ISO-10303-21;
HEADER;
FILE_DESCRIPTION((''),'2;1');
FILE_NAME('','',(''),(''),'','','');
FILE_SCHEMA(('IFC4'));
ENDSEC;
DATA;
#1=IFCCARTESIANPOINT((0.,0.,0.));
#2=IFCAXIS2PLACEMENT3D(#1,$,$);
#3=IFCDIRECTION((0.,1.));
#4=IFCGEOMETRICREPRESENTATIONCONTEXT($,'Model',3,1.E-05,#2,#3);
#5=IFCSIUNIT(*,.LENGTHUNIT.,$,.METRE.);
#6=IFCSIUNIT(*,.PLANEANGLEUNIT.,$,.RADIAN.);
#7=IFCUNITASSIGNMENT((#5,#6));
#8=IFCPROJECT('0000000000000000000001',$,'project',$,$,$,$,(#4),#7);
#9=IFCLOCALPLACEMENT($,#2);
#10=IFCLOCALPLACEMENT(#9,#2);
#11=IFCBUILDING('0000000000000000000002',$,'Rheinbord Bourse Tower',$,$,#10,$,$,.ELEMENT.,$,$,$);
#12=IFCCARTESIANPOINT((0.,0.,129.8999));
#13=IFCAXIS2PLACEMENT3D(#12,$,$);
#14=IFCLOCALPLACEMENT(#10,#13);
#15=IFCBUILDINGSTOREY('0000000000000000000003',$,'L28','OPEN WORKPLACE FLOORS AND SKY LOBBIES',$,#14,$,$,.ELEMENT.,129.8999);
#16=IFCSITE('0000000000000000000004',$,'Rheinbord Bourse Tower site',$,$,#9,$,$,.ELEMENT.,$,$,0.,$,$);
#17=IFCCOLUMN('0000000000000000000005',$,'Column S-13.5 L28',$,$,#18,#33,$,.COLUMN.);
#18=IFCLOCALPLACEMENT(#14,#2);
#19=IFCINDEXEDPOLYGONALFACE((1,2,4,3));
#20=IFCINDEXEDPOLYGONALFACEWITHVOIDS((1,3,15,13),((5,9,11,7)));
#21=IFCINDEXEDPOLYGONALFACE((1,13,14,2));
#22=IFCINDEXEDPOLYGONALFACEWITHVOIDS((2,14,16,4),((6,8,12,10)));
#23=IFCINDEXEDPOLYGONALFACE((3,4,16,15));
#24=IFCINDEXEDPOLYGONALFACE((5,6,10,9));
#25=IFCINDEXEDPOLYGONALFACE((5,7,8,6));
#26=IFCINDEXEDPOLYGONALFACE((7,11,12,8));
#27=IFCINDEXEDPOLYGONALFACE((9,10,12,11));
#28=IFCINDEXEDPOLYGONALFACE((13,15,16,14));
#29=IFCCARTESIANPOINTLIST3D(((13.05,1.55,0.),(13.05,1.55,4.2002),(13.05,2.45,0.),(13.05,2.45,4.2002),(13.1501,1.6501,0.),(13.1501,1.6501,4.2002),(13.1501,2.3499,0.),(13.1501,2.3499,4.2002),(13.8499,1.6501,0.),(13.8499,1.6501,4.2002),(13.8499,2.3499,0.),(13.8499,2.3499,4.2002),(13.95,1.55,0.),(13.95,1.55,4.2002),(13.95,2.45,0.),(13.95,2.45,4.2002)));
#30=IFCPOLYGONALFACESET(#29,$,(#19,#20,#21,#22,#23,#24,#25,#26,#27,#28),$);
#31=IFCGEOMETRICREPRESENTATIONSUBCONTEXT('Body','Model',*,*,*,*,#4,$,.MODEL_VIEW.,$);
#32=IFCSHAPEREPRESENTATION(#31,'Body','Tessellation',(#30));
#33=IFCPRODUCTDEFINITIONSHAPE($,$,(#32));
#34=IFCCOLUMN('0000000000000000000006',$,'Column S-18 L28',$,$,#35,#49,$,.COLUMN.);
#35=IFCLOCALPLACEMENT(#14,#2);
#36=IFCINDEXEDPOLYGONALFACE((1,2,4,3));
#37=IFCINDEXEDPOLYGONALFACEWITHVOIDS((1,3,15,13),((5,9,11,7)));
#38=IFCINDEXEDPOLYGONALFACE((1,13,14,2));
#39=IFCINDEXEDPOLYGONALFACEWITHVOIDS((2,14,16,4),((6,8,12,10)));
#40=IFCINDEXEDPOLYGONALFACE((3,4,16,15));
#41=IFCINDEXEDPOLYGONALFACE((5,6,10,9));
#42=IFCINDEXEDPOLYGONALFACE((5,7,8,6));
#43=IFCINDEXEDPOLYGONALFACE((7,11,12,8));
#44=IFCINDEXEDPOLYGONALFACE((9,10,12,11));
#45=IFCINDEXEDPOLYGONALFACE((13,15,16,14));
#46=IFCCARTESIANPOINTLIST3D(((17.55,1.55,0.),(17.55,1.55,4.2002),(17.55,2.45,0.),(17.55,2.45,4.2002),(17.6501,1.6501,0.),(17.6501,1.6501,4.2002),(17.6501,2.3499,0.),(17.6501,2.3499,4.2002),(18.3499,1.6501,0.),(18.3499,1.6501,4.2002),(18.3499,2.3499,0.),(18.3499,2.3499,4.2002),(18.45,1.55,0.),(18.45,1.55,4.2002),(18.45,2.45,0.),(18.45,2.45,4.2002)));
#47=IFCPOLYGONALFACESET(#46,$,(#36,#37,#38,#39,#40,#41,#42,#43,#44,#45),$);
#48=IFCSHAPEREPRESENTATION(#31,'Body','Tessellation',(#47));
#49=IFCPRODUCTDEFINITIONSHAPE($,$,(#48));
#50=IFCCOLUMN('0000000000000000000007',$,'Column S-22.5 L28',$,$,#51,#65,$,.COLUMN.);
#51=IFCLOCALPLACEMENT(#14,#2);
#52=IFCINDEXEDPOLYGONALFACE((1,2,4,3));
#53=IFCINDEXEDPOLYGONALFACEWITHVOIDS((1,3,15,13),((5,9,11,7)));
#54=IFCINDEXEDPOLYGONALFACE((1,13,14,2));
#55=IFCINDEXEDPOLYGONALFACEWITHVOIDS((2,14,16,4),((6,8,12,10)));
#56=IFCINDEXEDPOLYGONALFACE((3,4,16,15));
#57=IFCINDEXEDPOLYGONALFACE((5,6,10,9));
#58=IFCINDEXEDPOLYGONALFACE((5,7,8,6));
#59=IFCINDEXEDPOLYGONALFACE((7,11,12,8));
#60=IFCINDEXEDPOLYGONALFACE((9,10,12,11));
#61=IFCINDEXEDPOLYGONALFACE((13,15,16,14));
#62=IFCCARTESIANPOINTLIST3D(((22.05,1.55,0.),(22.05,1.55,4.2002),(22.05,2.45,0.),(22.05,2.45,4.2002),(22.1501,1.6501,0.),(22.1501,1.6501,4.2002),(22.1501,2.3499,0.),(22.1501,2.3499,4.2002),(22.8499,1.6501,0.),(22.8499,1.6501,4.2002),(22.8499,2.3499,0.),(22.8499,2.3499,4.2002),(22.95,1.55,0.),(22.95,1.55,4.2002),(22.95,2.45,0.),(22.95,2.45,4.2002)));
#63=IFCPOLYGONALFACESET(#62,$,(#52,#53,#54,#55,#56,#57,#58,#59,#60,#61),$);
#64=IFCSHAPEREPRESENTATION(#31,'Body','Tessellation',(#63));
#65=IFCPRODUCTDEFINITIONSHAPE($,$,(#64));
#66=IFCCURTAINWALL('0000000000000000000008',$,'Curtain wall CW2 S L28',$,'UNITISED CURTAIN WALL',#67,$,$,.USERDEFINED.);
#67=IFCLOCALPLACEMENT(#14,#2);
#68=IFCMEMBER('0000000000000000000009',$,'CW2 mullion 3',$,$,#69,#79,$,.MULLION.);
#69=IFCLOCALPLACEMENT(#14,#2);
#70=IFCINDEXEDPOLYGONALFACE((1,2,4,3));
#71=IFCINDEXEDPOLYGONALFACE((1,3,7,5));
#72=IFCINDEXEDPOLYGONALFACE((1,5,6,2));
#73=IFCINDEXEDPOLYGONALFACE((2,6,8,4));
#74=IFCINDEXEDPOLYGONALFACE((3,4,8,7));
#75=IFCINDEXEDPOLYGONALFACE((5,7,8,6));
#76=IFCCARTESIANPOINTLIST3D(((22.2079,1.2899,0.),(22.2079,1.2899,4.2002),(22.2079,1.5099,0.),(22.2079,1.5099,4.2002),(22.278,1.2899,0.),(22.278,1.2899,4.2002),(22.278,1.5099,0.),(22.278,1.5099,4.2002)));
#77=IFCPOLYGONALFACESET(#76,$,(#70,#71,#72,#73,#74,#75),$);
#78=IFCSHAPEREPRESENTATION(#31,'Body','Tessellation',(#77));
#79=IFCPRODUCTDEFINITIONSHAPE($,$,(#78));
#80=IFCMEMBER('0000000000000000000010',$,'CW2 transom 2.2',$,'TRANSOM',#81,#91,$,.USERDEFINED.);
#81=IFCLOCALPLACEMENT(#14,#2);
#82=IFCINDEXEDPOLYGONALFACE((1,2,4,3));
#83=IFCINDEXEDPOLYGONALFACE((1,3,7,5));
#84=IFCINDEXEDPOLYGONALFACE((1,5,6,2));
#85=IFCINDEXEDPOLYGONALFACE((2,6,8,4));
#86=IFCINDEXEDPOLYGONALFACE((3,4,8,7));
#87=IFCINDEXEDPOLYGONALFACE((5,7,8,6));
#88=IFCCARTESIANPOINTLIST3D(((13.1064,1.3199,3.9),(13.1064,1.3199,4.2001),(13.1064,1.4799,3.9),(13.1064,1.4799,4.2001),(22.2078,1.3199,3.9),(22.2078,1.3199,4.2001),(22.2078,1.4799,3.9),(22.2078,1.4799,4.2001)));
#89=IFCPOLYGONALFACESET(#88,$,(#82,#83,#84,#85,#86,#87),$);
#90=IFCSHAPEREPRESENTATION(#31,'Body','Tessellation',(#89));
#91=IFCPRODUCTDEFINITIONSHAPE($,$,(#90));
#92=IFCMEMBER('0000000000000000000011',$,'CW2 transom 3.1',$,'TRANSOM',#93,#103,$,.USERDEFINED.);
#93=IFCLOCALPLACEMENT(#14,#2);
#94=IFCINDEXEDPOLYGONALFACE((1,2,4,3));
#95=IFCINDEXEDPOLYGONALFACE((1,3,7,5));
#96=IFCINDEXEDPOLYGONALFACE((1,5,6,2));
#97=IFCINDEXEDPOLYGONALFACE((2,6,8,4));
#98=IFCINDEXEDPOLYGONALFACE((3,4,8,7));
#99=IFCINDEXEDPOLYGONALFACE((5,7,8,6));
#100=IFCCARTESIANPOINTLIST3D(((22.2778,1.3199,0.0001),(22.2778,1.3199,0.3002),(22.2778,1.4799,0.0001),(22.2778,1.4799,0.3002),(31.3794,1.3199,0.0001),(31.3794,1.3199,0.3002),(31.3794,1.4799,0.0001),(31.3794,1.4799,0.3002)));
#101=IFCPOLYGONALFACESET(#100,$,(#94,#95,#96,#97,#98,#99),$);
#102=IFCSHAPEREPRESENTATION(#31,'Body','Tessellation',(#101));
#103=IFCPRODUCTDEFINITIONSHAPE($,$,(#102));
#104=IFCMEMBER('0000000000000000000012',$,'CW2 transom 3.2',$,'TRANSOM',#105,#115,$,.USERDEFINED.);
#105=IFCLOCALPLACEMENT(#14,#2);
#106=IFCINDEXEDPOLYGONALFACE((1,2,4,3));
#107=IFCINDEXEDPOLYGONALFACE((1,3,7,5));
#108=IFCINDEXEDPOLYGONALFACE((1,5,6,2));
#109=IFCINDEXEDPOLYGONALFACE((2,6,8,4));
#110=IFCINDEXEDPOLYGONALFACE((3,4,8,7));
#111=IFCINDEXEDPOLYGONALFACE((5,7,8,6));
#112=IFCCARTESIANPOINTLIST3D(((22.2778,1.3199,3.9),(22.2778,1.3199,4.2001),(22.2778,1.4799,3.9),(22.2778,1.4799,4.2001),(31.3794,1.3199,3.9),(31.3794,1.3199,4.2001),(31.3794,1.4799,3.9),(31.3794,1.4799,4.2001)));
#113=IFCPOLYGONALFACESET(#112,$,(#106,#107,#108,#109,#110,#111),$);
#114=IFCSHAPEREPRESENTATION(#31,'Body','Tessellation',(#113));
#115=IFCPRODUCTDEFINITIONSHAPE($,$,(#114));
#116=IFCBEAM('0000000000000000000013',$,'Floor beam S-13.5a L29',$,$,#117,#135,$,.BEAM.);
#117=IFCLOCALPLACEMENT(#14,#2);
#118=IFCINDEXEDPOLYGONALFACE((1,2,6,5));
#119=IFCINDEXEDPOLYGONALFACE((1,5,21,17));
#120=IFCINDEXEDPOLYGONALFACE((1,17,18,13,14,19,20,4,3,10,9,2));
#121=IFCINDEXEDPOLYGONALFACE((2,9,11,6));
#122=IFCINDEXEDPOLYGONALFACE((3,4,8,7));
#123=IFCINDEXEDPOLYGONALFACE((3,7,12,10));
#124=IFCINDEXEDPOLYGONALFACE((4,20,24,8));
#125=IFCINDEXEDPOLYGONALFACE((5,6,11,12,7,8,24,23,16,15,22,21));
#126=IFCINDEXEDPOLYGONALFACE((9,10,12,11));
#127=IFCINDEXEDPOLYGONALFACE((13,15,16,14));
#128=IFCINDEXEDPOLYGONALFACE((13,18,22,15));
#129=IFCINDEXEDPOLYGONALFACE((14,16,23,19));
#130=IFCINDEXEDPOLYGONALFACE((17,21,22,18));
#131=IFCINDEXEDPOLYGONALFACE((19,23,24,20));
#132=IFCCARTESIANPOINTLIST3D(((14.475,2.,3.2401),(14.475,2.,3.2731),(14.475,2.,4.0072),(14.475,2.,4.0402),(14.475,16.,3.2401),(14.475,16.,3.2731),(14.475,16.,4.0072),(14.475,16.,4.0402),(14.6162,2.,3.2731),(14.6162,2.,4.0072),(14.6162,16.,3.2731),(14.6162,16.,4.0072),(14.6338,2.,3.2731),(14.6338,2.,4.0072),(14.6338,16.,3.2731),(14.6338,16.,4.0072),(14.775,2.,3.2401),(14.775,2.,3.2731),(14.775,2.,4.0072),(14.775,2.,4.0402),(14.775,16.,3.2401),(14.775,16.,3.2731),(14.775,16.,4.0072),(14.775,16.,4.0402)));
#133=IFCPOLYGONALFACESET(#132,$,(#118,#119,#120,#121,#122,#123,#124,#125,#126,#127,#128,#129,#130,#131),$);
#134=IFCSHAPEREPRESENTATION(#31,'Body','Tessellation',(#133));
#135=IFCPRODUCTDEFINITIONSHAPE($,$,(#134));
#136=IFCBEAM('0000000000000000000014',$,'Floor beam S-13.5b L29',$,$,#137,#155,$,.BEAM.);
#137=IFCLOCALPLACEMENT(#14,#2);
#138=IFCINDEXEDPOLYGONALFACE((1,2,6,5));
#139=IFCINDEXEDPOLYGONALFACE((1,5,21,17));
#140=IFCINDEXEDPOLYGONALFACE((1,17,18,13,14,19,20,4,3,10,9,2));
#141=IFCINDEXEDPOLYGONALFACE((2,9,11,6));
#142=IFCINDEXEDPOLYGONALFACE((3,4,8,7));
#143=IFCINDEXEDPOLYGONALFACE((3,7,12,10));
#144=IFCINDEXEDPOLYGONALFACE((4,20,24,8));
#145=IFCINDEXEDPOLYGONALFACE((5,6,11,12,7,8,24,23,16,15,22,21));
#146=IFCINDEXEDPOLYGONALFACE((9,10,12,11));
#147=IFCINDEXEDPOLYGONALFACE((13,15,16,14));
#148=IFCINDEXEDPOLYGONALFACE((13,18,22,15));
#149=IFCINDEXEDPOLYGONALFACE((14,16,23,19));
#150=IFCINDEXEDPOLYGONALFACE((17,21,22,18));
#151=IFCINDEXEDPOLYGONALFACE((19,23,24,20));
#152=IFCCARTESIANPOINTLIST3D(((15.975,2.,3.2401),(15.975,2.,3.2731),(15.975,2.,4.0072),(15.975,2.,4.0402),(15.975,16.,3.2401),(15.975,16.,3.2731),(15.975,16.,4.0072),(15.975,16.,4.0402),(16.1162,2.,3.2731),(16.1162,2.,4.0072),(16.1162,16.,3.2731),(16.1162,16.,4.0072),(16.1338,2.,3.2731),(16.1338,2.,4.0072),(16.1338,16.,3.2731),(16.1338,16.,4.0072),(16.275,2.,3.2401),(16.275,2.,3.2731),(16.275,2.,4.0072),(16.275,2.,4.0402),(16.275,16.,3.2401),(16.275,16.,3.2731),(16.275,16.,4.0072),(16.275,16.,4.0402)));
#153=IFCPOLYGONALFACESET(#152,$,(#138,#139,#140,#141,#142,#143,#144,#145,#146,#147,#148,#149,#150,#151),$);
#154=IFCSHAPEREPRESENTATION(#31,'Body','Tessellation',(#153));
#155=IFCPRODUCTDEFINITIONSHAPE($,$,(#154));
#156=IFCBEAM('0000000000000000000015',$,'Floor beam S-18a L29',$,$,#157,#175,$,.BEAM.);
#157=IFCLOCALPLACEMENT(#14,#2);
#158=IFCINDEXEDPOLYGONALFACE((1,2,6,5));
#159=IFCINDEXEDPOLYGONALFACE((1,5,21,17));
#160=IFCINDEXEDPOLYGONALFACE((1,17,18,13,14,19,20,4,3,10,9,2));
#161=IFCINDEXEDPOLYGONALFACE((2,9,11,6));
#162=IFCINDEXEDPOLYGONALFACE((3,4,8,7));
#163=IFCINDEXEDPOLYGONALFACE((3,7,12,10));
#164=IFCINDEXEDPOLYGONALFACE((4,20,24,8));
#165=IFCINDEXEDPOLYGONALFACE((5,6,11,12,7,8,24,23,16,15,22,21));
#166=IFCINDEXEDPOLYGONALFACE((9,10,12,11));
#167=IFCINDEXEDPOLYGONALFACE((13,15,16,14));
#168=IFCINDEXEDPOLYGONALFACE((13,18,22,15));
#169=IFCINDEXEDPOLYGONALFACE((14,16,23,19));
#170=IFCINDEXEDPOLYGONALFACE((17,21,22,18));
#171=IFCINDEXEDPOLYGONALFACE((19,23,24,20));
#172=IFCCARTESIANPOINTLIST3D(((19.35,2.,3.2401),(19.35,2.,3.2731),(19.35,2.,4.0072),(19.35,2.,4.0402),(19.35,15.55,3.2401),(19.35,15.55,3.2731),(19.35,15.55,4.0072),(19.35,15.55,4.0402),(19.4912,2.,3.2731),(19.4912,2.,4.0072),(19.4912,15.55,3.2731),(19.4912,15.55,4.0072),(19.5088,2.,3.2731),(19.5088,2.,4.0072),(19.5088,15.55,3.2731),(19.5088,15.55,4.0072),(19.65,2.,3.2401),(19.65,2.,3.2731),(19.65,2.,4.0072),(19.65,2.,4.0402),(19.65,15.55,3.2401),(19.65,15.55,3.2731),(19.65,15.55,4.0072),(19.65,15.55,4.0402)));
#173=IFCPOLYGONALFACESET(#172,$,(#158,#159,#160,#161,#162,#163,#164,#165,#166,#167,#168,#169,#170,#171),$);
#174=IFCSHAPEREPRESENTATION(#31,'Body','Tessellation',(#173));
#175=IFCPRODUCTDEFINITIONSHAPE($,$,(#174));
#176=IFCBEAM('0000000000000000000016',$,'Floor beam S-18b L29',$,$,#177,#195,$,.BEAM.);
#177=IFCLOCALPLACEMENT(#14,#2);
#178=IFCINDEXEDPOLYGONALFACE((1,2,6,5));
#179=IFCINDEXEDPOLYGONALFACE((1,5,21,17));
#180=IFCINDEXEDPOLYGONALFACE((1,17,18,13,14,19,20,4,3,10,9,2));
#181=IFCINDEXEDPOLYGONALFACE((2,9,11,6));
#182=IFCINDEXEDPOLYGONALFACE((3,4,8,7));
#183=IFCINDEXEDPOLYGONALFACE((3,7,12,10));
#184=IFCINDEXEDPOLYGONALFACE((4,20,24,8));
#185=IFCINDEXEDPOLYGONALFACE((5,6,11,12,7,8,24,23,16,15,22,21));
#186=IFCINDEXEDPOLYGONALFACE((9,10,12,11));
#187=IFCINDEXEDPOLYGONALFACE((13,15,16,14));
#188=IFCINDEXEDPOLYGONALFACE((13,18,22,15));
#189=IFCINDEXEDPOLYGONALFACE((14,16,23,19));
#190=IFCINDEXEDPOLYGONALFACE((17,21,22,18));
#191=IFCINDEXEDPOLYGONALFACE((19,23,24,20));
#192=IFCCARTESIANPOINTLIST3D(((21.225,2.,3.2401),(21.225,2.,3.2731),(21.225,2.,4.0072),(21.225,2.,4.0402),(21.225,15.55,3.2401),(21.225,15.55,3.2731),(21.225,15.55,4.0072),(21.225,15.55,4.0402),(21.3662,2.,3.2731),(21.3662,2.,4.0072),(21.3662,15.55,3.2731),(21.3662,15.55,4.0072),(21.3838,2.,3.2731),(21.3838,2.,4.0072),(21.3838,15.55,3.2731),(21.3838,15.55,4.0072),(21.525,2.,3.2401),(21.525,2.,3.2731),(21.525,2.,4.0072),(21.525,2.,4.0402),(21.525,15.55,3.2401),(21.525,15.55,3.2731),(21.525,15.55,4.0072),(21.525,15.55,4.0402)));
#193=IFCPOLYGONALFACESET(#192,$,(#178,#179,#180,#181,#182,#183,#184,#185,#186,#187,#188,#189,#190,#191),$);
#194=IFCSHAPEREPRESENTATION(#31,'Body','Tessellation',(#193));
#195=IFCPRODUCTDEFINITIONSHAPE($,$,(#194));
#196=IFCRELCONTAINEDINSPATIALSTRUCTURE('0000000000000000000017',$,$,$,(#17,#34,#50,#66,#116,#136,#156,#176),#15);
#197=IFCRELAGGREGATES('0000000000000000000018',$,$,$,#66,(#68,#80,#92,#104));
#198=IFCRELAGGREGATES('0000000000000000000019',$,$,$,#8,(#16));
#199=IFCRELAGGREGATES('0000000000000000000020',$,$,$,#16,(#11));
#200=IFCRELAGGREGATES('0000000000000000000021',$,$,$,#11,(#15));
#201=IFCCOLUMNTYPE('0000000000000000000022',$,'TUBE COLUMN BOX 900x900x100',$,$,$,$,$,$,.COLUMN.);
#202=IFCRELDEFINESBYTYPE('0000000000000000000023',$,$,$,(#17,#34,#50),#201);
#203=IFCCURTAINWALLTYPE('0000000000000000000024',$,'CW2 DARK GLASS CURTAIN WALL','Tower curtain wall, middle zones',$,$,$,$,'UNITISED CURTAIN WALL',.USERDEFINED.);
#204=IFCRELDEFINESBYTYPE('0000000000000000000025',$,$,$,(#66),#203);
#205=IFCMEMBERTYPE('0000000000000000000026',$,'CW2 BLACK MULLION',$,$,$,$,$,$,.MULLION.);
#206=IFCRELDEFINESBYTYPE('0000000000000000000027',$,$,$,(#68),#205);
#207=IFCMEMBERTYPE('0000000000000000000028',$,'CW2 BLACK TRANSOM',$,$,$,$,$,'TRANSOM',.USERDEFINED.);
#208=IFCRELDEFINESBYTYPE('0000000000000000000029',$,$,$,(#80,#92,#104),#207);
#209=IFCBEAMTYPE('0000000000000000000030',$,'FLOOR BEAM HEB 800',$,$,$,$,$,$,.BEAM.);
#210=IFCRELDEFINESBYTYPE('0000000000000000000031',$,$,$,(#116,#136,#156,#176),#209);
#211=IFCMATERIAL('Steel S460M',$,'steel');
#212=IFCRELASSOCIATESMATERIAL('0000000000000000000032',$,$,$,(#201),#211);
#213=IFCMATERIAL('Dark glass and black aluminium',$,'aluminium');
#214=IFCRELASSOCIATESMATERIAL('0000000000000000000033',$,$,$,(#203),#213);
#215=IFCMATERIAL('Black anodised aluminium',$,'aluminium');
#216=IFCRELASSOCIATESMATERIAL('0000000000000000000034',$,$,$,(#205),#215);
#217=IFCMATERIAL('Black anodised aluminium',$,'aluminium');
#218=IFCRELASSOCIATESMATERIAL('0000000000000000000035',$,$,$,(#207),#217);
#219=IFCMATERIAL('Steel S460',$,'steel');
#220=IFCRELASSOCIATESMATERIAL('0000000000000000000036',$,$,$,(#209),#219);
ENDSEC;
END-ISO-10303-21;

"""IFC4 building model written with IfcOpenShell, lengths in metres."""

from ifc_helpers import new_model, si_unit, direction, frame, origin, origin_2d, place, context, subcontext, project, spatial, rectangle, hollow_rectangle, i_section, extrude, material, material_profile, profile_set, type_object, element, aggregate, save


model = new_model("IFC4")

# Units and contexts
model_context = context("Model", 3, precision=1e-05, world=origin(), true_north=direction((0.0, 1.0)))
body_context = subcontext(model_context, "Body", "Model", "MODEL_VIEW")
ifc_project = project(units=[si_unit("LENGTHUNIT", "METRE"), si_unit("PLANEANGLEUNIT", "RADIAN")], contexts=[model_context])

# Site, building, storey
site_placement = place(None, origin())
site = spatial("IfcSite", under=ifc_project, at=site_placement, Name="Rheinbord Bourse Tower site", CompositionType="ELEMENT", RefElevation=0.0)
building_placement = place(site_placement, origin())
building = spatial("IfcBuilding", under=site, at=building_placement, Name="Rheinbord Bourse Tower", CompositionType="ELEMENT")
storey_placement = place(building_placement, frame((0.0, 0.0, 129.8999)))
storey = spatial("IfcBuildingStorey", under=building, at=storey_placement, Name="L28", Description="OPEN WORKPLACE FLOORS AND SKY LOBBIES", CompositionType="ELEMENT", Elevation=129.8999)

# Columns
ifc_material_1 = material(Name="Steel S460M", Category="steel")
ifc_material_profile_1 = material_profile(ifc_material_1, hollow_rectangle(XDim=0.8999, YDim=0.8999, WallThickness=0.1001, at=origin_2d()), Name="BOX 900x900x100")
ifc_profile_set_1 = profile_set([ifc_material_profile_1], Name="Steel S460M")
column_type = type_object("IfcColumnType", Name="TUBE COLUMN BOX 900x900x100", PredefinedType="COLUMN", material=ifc_profile_set_1)
for number, where, z_axis, x_axis, name in (
    (1, (13.5, 2.0, 0.0), (0.0, 0.0, 1.0), (0.0, 1.0, 0.0), "Column S-13.5 L28"),
    (2, (18.0, 2.0, 0.0), (0.0, 0.0, 1.0), (0.0, 1.0, 0.0), "Column S-18 L28"),
    (3, (22.5, 2.0, 0.0), (0.0, 0.0, 1.0), (0.0, 1.0, 0.0), "Column S-22.5 L28"),
):
    element("IfcColumn", number, at=place(storey_placement, frame(where, z_axis=z_axis, x_axis=x_axis)), inside=storey, type_object=column_type, Name=name, PredefinedType="COLUMN", context=body_context, shape_type="SweptSolid", body=[
        extrude(hollow_rectangle(XDim=0.8999, YDim=0.8999, WallThickness=0.1001, at=origin_2d()), origin(), (0.0, 0.0, 1.0), 4.2002),
    ])

# Curtain wall, members
ifc_material_2 = material(Name="Dark glass and black aluminium", Category="aluminium")
curtain_wall_type = type_object("IfcCurtainWallType", Name="CW2 DARK GLASS CURTAIN WALL", Description="Tower curtain wall, middle zones", ElementType="UNITISED CURTAIN WALL", PredefinedType="USERDEFINED", material=ifc_material_2)
curtain_wall_placement = place(storey_placement, origin())
curtain_wall = element("IfcCurtainWall", 4, at=curtain_wall_placement, inside=storey, type_object=curtain_wall_type, Name="Curtain wall CW2 S L28", ObjectType="UNITISED CURTAIN WALL", PredefinedType="USERDEFINED")
ifc_material_3 = material(Name="Black anodised aluminium", Category="aluminium")
ifc_material_profile_2 = material_profile(ifc_material_3, rectangle(XDim=0.22, YDim=0.0701, at=origin_2d()), Name="CW2 MULLION 70x220")
ifc_profile_set_2 = profile_set([ifc_material_profile_2], Name="Black anodised aluminium")
member_type_1 = type_object("IfcMemberType", Name="CW2 BLACK MULLION", PredefinedType="MULLION", material=ifc_profile_set_2)
member_1_placement = place(storey_placement, frame((22.2429, 1.3999, 0.0), z_axis=(0.0, 0.0, 1.0), x_axis=(0.0, 1.0, 0.0)))
member_1 = element("IfcMember", 5, at=member_1_placement, type_object=member_type_1, Name="CW2 mullion 3", PredefinedType="MULLION", context=body_context, shape_type="SweptSolid", body=[
    extrude(rectangle(XDim=0.22, YDim=0.0701, at=origin_2d()), origin(), (0.0, 0.0, 1.0), 4.2002),
])
ifc_material_4 = material(Name="Black anodised aluminium", Category="aluminium")
ifc_material_profile_3 = material_profile(ifc_material_4, rectangle(XDim=0.1599, YDim=0.3, at=origin_2d()), Name="CW2 TRANSOM 300x160")
ifc_profile_set_3 = profile_set([ifc_material_profile_3], Name="Black anodised aluminium")
member_type_2 = type_object("IfcMemberType", Name="CW2 BLACK TRANSOM", ElementType="TRANSOM", PredefinedType="USERDEFINED", material=ifc_profile_set_3)
member_2_placement = place(storey_placement, frame((13.1064, 1.3999, 4.05), z_axis=(1.0, 0.0, 0.0), x_axis=(0.0, 1.0, 0.0)))
member_2 = element("IfcMember", 6, at=member_2_placement, type_object=member_type_2, Name="CW2 transom 2.2", ObjectType="TRANSOM", PredefinedType="USERDEFINED", context=body_context, shape_type="SweptSolid", body=[
    extrude(rectangle(XDim=0.1599, YDim=0.3, at=origin_2d()), origin(), (0.0, 0.0, 1.0), 9.1013),
])
member_3_placement = place(storey_placement, frame((22.2778, 1.3999, 0.1501), z_axis=(1.0, 0.0, 0.0), x_axis=(0.0, 1.0, 0.0)))
member_3 = element("IfcMember", 7, at=member_3_placement, type_object=member_type_2, Name="CW2 transom 3.1", ObjectType="TRANSOM", PredefinedType="USERDEFINED", context=body_context, shape_type="SweptSolid", body=[
    extrude(rectangle(XDim=0.1599, YDim=0.3, at=origin_2d()), origin(), (0.0, 0.0, 1.0), 9.1016),
])
member_4_placement = place(storey_placement, frame((22.2778, 1.3999, 4.05), z_axis=(1.0, 0.0, 0.0), x_axis=(0.0, 1.0, 0.0)))
member_4 = element("IfcMember", 8, at=member_4_placement, type_object=member_type_2, Name="CW2 transom 3.2", ObjectType="TRANSOM", PredefinedType="USERDEFINED", context=body_context, shape_type="SweptSolid", body=[
    extrude(rectangle(XDim=0.1599, YDim=0.3, at=origin_2d()), origin(), (0.0, 0.0, 1.0), 9.1016),
])

# Beams
ifc_material_5 = material(Name="Steel S460", Category="steel")
ifc_material_profile_4 = material_profile(ifc_material_5, i_section(OverallWidth=0.3, OverallDepth=0.8, WebThickness=0.0176, FlangeThickness=0.033, at=origin_2d()), Name="HEB 800")
ifc_profile_set_4 = profile_set([ifc_material_profile_4], Name="Steel S460")
beam_type_1 = type_object("IfcBeamType", Name="FLOOR BEAM HEB 800", PredefinedType="BEAM", material=ifc_profile_set_4)
for number, where, z_axis, x_axis, name in (
    (9, (14.625, 2.0, 3.6401), (0.0, 1.0, 0.0), (-1.0, 0.0, 0.0), "Floor beam S-13.5a L29"),
    (10, (16.125, 2.0, 3.6401), (0.0, 1.0, 0.0), (-1.0, 0.0, 0.0), "Floor beam S-13.5b L29"),
):
    element("IfcBeam", number, at=place(storey_placement, frame(where, z_axis=z_axis, x_axis=x_axis)), inside=storey, type_object=beam_type_1, Name=name, PredefinedType="BEAM", context=body_context, shape_type="SweptSolid", body=[
        extrude(i_section(OverallWidth=0.3, OverallDepth=0.8, WebThickness=0.0176, FlangeThickness=0.033, at=origin_2d()), origin(), (0.0, 0.0, 1.0), 14.0),
    ])
for number, where, z_axis, x_axis, name in (
    (11, (19.5, 2.0, 3.6401), (0.0, 1.0, 0.0), (-1.0, 0.0, 0.0), "Floor beam S-18a L29"),
    (12, (21.375, 2.0, 3.6401), (0.0, 1.0, 0.0), (-1.0, 0.0, 0.0), "Floor beam S-18b L29"),
):
    element("IfcBeam", number, at=place(storey_placement, frame(where, z_axis=z_axis, x_axis=x_axis)), inside=storey, type_object=beam_type_1, Name=name, PredefinedType="BEAM", context=body_context, shape_type="SweptSolid", body=[
        extrude(i_section(OverallWidth=0.3, OverallDepth=0.8, WebThickness=0.0176, FlangeThickness=0.033, at=origin_2d()), origin(), (0.0, 0.0, 1.0), 13.55),
    ])

aggregate(curtain_wall, [member_1, member_2, member_3, member_4])

save(model, "model.ifc")
